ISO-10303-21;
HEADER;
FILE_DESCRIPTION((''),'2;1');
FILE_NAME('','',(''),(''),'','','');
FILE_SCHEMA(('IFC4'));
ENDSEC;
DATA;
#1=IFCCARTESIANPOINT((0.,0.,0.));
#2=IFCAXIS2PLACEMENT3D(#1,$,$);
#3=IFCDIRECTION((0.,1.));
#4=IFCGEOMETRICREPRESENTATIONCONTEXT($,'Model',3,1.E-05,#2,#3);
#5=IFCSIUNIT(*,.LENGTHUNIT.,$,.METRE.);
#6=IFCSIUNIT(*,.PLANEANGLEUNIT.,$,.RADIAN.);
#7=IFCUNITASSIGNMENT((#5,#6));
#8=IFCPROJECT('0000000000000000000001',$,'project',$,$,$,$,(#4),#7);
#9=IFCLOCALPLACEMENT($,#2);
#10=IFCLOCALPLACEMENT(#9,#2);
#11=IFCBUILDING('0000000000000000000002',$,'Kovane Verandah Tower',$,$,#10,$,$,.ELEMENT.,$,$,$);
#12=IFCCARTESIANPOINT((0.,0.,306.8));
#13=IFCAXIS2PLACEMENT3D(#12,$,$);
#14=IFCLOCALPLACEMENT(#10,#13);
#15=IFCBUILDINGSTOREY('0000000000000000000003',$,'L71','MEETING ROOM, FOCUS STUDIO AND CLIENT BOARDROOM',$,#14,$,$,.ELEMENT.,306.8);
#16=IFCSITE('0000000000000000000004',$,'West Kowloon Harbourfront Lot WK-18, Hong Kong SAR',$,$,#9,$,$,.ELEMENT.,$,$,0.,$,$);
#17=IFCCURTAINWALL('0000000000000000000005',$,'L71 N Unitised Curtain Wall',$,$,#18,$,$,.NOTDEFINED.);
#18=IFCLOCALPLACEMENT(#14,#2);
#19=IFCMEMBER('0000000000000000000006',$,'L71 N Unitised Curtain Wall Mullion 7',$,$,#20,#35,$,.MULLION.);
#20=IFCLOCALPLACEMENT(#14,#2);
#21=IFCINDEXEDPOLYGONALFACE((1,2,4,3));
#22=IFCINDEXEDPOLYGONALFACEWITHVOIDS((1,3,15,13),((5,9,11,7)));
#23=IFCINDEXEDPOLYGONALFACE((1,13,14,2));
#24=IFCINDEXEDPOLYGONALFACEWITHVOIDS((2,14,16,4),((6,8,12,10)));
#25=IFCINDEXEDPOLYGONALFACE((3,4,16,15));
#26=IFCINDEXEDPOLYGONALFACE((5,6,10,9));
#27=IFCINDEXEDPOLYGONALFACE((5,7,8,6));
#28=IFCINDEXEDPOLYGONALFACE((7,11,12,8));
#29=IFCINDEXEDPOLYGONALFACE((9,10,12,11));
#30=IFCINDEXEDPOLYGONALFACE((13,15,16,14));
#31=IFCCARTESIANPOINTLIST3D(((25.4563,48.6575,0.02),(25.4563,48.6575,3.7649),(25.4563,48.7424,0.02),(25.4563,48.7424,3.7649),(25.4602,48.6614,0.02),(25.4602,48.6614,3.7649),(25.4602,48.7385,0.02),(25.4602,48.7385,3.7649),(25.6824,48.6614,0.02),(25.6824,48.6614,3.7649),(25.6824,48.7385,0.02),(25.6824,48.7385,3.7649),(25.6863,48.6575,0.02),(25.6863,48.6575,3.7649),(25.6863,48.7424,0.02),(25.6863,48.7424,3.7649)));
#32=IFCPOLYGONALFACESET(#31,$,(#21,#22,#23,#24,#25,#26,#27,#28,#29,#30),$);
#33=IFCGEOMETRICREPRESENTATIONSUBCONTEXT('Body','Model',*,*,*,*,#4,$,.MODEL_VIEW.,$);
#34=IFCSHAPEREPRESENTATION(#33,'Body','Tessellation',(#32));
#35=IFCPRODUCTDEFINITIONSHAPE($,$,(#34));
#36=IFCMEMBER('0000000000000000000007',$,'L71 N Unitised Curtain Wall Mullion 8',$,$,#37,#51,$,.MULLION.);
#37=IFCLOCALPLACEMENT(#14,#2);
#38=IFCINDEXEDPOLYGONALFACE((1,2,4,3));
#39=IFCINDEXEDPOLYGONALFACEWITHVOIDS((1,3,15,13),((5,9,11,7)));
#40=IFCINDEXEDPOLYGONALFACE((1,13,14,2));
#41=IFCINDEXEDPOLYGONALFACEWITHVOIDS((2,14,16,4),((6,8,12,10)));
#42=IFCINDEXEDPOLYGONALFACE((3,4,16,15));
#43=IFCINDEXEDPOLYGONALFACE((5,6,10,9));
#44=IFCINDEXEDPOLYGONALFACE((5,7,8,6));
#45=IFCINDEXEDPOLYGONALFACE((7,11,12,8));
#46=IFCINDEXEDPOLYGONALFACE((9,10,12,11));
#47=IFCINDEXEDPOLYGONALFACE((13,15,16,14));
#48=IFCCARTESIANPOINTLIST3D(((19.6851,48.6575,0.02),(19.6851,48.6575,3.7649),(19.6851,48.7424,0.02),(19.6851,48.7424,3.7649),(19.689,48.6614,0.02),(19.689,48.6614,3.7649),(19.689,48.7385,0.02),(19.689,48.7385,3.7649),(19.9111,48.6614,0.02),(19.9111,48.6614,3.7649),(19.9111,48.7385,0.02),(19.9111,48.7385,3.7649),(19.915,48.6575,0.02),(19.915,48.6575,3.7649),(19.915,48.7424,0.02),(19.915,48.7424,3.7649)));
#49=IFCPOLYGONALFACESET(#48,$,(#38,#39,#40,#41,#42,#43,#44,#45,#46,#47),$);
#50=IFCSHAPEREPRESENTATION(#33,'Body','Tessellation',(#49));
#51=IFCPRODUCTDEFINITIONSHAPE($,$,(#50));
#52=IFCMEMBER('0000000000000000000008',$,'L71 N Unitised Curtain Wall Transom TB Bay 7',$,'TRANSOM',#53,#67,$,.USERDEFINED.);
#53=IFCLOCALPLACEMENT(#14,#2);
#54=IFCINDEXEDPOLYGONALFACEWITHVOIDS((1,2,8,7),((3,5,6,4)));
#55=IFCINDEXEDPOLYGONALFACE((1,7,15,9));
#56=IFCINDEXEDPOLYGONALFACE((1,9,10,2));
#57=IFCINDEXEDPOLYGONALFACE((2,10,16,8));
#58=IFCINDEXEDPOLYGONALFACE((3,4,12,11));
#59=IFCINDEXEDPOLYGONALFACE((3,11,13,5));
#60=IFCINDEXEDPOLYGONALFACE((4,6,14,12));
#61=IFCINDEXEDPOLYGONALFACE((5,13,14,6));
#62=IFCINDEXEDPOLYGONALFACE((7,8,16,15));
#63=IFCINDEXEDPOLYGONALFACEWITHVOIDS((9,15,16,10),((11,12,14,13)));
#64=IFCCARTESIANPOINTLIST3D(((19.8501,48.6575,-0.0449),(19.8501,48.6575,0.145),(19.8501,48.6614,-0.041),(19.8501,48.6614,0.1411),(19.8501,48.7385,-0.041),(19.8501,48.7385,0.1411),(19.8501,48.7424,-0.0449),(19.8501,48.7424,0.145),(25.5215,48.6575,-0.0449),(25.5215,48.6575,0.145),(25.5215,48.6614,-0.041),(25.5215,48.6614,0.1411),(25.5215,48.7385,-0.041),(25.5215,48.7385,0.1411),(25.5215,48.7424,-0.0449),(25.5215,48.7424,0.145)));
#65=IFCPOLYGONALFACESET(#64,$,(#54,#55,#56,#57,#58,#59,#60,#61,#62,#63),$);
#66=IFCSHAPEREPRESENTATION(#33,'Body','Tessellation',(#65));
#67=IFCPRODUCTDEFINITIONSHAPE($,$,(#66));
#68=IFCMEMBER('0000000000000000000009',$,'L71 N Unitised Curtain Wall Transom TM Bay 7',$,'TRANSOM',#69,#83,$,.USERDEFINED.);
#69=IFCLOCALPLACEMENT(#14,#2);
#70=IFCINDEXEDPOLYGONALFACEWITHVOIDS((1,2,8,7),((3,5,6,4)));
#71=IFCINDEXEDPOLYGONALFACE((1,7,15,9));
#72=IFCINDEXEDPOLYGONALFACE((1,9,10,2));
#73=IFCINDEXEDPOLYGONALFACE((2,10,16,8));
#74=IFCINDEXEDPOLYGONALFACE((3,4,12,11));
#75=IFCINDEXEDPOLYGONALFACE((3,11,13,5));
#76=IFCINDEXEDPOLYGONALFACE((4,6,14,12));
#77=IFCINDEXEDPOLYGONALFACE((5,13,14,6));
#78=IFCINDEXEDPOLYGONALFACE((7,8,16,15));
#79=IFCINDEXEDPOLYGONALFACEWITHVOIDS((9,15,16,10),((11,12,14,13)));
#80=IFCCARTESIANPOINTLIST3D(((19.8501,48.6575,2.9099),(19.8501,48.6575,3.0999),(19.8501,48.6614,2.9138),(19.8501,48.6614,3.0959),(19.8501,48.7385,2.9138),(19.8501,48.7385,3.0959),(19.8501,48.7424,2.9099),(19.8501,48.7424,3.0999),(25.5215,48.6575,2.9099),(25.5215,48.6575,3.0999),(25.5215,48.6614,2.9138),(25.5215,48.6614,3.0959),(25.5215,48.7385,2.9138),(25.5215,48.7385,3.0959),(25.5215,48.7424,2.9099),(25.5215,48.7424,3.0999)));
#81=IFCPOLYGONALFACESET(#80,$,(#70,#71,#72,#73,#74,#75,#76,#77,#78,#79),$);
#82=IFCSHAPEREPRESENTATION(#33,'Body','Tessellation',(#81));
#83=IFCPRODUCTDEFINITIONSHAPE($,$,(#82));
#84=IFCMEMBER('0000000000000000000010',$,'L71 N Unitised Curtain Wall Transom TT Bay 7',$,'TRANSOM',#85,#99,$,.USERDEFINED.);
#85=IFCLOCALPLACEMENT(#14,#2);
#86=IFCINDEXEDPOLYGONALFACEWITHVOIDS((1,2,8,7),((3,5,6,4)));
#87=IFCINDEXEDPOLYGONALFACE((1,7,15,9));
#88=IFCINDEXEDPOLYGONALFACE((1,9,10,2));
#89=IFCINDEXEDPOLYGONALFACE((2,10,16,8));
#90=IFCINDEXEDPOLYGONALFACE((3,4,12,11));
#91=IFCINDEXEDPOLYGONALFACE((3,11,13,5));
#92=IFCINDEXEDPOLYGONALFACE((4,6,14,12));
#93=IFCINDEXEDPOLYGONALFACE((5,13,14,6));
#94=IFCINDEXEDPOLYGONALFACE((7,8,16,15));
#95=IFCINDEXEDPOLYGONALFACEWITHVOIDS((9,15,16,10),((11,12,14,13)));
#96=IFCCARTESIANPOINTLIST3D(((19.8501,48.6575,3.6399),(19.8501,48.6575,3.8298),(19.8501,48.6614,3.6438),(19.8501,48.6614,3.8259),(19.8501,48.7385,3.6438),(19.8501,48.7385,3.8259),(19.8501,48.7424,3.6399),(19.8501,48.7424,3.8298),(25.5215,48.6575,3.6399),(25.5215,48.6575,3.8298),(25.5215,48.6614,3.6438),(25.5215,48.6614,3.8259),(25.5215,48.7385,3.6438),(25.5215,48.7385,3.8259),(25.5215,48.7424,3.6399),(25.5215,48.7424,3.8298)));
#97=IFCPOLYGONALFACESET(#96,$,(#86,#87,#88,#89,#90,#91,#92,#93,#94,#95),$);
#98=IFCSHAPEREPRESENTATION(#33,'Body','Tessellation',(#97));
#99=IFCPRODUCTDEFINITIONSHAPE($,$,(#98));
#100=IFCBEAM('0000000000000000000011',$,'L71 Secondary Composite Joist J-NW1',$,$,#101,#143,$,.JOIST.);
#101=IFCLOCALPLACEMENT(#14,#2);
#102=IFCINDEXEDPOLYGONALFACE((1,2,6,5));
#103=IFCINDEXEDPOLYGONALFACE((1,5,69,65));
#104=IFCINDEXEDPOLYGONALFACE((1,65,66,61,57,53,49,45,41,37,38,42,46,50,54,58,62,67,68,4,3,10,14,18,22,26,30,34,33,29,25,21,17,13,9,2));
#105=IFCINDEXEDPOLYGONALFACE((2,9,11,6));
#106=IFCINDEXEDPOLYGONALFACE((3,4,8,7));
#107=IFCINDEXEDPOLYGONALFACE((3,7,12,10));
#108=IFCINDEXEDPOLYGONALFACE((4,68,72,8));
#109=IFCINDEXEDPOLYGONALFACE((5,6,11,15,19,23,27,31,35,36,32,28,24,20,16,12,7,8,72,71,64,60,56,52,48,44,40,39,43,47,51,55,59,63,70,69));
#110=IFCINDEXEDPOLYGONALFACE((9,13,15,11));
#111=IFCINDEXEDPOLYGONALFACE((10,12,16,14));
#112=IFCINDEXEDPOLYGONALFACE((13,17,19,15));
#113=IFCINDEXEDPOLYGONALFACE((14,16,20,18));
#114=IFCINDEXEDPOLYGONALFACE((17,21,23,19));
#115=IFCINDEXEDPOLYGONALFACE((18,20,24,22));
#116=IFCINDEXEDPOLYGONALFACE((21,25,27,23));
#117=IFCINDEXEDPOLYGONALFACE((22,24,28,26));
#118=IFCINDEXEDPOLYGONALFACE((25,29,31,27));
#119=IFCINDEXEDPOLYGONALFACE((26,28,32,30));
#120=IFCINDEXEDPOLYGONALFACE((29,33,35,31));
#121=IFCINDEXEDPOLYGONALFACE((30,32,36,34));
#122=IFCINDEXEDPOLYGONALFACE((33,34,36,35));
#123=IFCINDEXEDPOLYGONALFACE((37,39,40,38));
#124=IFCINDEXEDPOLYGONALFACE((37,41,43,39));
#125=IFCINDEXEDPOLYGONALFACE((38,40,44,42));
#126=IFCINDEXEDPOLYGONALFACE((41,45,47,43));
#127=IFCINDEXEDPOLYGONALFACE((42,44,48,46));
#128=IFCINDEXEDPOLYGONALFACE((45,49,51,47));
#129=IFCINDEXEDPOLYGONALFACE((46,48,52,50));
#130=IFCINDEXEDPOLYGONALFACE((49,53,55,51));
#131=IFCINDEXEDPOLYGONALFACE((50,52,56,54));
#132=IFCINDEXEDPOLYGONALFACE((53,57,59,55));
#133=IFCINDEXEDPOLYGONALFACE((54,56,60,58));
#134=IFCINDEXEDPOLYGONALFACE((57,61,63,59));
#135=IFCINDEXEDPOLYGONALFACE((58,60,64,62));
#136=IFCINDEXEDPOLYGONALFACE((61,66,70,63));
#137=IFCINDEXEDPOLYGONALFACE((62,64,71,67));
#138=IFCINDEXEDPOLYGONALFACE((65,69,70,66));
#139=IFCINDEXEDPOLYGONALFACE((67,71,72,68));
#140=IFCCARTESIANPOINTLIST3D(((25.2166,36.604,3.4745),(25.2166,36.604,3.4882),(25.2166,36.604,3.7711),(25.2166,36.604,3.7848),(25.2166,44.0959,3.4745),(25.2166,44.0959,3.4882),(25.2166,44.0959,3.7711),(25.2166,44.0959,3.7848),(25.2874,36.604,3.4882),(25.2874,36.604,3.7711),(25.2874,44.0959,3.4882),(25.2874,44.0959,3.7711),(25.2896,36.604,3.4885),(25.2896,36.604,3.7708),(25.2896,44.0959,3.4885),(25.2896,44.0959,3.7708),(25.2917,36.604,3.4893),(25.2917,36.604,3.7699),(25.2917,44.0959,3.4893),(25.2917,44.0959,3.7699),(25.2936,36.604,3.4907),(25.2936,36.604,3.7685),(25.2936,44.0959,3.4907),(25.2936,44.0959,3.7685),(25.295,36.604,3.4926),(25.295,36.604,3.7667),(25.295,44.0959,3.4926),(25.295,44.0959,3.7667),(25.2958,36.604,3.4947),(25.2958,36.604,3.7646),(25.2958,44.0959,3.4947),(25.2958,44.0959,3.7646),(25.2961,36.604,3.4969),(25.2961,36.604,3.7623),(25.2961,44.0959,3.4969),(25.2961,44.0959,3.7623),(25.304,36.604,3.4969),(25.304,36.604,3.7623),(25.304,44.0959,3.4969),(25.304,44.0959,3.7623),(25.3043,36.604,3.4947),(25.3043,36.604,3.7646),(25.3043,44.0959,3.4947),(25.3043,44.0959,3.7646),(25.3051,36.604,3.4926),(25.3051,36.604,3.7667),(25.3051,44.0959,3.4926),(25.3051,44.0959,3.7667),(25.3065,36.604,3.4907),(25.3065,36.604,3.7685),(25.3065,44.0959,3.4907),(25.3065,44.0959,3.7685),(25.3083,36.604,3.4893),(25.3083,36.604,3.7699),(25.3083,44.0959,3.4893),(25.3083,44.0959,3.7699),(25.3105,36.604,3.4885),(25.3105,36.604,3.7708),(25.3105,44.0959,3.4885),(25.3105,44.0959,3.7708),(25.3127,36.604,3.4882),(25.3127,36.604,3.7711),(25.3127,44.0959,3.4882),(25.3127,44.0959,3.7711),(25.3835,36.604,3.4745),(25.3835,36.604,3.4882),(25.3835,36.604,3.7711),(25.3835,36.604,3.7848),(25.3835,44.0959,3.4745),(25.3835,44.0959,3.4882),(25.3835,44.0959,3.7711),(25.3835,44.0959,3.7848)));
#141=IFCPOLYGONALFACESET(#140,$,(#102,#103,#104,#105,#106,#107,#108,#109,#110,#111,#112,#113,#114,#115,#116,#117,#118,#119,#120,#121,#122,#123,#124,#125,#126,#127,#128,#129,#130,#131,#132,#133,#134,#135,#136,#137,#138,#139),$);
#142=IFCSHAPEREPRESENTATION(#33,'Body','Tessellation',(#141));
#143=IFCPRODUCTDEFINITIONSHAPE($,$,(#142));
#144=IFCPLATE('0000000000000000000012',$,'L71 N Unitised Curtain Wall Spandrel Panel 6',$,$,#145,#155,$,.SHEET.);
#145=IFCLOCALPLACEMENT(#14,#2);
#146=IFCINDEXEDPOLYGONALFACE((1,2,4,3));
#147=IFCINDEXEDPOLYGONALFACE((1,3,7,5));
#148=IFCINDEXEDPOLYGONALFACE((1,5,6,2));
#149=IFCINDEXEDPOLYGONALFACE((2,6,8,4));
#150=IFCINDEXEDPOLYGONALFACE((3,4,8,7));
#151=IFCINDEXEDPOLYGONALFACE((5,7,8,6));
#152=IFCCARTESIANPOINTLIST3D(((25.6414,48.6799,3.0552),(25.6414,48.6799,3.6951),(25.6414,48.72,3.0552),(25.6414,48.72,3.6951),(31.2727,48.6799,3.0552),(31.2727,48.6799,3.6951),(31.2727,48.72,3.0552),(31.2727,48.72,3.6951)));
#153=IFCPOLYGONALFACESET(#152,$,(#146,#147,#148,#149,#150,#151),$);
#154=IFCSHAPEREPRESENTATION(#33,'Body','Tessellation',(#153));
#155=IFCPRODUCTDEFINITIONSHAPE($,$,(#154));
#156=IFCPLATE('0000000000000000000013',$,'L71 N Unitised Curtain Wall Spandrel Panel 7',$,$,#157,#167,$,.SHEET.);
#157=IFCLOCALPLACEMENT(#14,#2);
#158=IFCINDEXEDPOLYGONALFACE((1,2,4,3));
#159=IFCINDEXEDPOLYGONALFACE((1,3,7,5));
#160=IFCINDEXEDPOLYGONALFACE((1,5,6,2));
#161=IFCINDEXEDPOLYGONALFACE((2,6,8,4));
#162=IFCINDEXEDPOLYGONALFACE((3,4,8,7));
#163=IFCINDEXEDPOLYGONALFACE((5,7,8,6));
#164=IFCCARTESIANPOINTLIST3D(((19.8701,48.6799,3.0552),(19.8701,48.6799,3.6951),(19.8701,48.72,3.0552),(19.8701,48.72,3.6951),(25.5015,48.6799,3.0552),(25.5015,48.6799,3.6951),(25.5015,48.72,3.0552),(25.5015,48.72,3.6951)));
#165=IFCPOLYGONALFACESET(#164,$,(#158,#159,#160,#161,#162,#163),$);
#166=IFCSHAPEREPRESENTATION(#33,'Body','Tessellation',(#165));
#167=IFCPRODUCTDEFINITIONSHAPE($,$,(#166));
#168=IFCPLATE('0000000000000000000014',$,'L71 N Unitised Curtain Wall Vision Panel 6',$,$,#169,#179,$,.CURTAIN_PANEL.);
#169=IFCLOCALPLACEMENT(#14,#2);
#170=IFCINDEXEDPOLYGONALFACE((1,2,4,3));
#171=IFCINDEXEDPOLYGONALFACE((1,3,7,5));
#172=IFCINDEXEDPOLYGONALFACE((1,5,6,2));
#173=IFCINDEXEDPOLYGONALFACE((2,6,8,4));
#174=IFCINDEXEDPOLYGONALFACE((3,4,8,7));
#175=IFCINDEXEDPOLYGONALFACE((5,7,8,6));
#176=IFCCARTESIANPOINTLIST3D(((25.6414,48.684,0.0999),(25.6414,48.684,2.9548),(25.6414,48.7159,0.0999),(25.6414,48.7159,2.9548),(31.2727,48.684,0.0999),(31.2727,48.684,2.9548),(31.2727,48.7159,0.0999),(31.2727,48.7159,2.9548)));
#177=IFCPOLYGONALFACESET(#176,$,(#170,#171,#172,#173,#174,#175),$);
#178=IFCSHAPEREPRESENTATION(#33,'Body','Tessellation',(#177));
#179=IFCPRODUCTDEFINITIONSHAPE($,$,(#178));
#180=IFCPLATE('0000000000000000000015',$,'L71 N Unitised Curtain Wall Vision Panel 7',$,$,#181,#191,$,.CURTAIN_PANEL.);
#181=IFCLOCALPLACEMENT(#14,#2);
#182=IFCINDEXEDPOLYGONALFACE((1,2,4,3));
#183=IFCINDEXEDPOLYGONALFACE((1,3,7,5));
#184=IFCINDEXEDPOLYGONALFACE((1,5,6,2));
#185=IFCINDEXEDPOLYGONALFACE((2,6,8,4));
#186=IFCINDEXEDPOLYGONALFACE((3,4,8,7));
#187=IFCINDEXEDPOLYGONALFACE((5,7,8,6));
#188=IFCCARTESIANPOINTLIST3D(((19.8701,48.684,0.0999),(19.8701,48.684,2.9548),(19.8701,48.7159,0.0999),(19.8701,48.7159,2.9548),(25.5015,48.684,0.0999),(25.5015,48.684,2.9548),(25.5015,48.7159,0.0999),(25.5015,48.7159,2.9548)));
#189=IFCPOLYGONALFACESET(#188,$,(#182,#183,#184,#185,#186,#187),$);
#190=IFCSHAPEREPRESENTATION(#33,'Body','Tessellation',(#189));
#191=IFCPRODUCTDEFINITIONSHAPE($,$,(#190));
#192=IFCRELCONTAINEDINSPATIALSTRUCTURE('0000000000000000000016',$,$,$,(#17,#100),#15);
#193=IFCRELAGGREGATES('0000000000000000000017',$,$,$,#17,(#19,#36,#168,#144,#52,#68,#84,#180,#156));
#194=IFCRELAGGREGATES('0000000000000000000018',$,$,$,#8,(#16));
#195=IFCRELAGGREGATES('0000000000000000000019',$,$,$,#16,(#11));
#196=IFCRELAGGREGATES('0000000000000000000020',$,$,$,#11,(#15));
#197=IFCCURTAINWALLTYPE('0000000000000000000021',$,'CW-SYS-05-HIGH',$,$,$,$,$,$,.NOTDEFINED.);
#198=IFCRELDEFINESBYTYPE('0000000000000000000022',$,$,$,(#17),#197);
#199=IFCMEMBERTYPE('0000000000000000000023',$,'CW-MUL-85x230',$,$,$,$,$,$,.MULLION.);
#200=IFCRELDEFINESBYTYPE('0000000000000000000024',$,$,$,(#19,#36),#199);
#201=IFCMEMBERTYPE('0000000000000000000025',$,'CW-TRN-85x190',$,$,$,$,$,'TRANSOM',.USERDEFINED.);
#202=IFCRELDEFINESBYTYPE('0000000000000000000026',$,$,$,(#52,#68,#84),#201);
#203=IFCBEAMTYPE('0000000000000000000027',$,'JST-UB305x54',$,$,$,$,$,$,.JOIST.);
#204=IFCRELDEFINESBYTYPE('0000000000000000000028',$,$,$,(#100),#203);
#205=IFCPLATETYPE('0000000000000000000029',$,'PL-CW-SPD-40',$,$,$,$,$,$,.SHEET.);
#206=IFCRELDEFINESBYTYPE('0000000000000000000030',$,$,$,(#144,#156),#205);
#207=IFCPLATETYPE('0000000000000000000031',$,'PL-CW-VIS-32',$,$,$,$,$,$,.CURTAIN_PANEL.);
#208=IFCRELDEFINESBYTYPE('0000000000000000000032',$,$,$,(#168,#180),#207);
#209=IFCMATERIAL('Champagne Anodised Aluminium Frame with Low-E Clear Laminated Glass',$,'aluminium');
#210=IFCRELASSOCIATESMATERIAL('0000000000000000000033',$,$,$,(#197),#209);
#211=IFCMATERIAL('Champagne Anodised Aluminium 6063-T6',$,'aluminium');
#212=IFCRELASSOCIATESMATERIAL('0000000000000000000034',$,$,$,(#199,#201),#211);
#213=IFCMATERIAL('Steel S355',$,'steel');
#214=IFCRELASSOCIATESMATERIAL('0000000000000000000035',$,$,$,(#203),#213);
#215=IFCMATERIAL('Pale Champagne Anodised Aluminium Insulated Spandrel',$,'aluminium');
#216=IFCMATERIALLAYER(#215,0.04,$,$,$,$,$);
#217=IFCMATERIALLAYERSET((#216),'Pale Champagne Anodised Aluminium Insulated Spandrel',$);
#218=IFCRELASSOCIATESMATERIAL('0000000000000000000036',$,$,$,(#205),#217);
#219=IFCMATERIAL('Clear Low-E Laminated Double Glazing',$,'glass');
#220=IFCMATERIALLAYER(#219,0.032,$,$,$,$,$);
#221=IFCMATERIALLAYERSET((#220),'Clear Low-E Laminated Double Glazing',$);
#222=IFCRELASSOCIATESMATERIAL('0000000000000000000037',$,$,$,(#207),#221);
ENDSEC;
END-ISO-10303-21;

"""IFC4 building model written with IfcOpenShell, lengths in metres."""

from ifc_helpers import new_model, si_unit, direction, frame, origin, origin_2d, place, context, subcontext, project, spatial, rectangle, hollow_rectangle, i_section, extrude, material, layer, layer_set, material_profile, profile_set, type_object, element, aggregate, save


model = new_model("IFC4")

# Units and contexts
model_context = context("Model", 3, precision=1e-05, world=origin(), true_north=direction((0.0, 1.0)))
body_context = subcontext(model_context, "Body", "Model", "MODEL_VIEW")
ifc_project = project(units=[si_unit("LENGTHUNIT", "METRE"), si_unit("PLANEANGLEUNIT", "RADIAN")], contexts=[model_context])

# Site, building, storey
site_placement = place(None, origin())
site = spatial("IfcSite", under=ifc_project, at=site_placement, Name="West Kowloon Harbourfront Lot WK-18, Hong Kong SAR", CompositionType="ELEMENT", RefElevation=0.0)
building_placement = place(site_placement, origin())
building = spatial("IfcBuilding", under=site, at=building_placement, Name="Kovane Verandah Tower", CompositionType="ELEMENT")
storey_placement = place(building_placement, frame((0.0, 0.0, 306.8)))
storey = spatial("IfcBuildingStorey", under=building, at=storey_placement, Name="L71", Description="MEETING ROOM, FOCUS STUDIO AND CLIENT BOARDROOM", CompositionType="ELEMENT", Elevation=306.8)

# Shared definitions
ifc_material_1 = material(Name="Steel S355", Category="steel")

# Curtain wall, members
ifc_material_2 = material(Name="Champagne Anodised Aluminium Frame with Low-E Clear Laminated Glass", Category="aluminium")
curtain_wall_type = type_object("IfcCurtainWallType", Name="CW-SYS-05-HIGH", PredefinedType="NOTDEFINED", material=ifc_material_2)
curtain_wall_placement = place(storey_placement, origin())
curtain_wall = element("IfcCurtainWall", 1, at=curtain_wall_placement, inside=storey, type_object=curtain_wall_type, Name="L71 N Unitised Curtain Wall", PredefinedType="NOTDEFINED")
ifc_material_3 = material(Name="Champagne Anodised Aluminium 6063-T6", Category="aluminium")
ifc_material_profile_1 = material_profile(ifc_material_3, hollow_rectangle(XDim=0.085, YDim=0.23, WallThickness=0.0039, at=origin_2d()), Name="AL85x230x4")
ifc_profile_set_1 = profile_set([ifc_material_profile_1], Name="Champagne Anodised Aluminium 6063-T6")
member_type_1 = type_object("IfcMemberType", Name="CW-MUL-85x230", PredefinedType="MULLION", material=ifc_profile_set_1)
member_1_placement = place(storey_placement, frame((25.5713, 48.7, 0.02), z_axis=(0.0, 0.0, 1.0), x_axis=(0.0, 1.0, 0.0)))
member_1 = element("IfcMember", 2, at=member_1_placement, type_object=member_type_1, Name="L71 N Unitised Curtain Wall Mullion 7", PredefinedType="MULLION", context=body_context, shape_type="SweptSolid", body=[
    extrude(hollow_rectangle(XDim=0.085, YDim=0.23, WallThickness=0.0039, at=origin_2d()), origin(), (0.0, 0.0, 1.0), 3.7449),
])
member_2_placement = place(storey_placement, frame((19.8, 48.7, 0.02), z_axis=(0.0, 0.0, 1.0), x_axis=(0.0, 1.0, 0.0)))
member_2 = element("IfcMember", 3, at=member_2_placement, type_object=member_type_1, Name="L71 N Unitised Curtain Wall Mullion 8", PredefinedType="MULLION", context=body_context, shape_type="SweptSolid", body=[
    extrude(hollow_rectangle(XDim=0.085, YDim=0.23, WallThickness=0.0039, at=origin_2d()), origin(), (0.0, 0.0, 1.0), 3.7449),
])
ifc_material_profile_2 = material_profile(ifc_material_3, hollow_rectangle(XDim=0.085, YDim=0.1899, WallThickness=0.0039, at=origin_2d()), Name="AL85x190x4")
ifc_profile_set_2 = profile_set([ifc_material_profile_2], Name="Champagne Anodised Aluminium 6063-T6")
member_type_2 = type_object("IfcMemberType", Name="CW-TRN-85x190", ElementType="TRANSOM", PredefinedType="USERDEFINED", material=ifc_profile_set_2)
member_3_placement = place(storey_placement, frame((25.5215, 48.7, 0.05), z_axis=(-1.0, 0.0, 0.0), x_axis=(0.0, -1.0, 0.0)))
member_3 = element("IfcMember", 4, at=member_3_placement, type_object=member_type_2, Name="L71 N Unitised Curtain Wall Transom TB Bay 7", ObjectType="TRANSOM", PredefinedType="USERDEFINED", context=body_context, shape_type="SweptSolid", body=[
    extrude(hollow_rectangle(XDim=0.085, YDim=0.1899, WallThickness=0.0039, at=origin_2d()), origin(), (0.0, 0.0, 1.0), 5.6714),
])
member_4_placement = place(storey_placement, frame((25.5215, 48.7, 3.0049), z_axis=(-1.0, 0.0, 0.0), x_axis=(0.0, -1.0, 0.0)))
member_4 = element("IfcMember", 5, at=member_4_placement, type_object=member_type_2, Name="L71 N Unitised Curtain Wall Transom TM Bay 7", ObjectType="TRANSOM", PredefinedType="USERDEFINED", context=body_context, shape_type="SweptSolid", body=[
    extrude(hollow_rectangle(XDim=0.085, YDim=0.1899, WallThickness=0.0039, at=origin_2d()), origin(), (0.0, 0.0, 1.0), 5.6714),
])
member_5_placement = place(storey_placement, frame((25.5215, 48.7, 3.7349), z_axis=(-1.0, 0.0, 0.0), x_axis=(0.0, -1.0, 0.0)))
member_5 = element("IfcMember", 6, at=member_5_placement, type_object=member_type_2, Name="L71 N Unitised Curtain Wall Transom TT Bay 7", ObjectType="TRANSOM", PredefinedType="USERDEFINED", context=body_context, shape_type="SweptSolid", body=[
    extrude(hollow_rectangle(XDim=0.085, YDim=0.1899, WallThickness=0.0039, at=origin_2d()), origin(), (0.0, 0.0, 1.0), 5.6714),
])

# Beam
ifc_material_profile_3 = material_profile(ifc_material_1, i_section(OverallWidth=0.167, OverallDepth=0.3103, WebThickness=0.0078, FlangeThickness=0.0137, FilletRadius=0.0088, at=origin_2d()), Name="UB305x165x54")
ifc_profile_set_3 = profile_set([ifc_material_profile_3], Name="Steel S355")
beam_type_1 = type_object("IfcBeamType", Name="JST-UB305x54", PredefinedType="JOIST", material=ifc_profile_set_3)
beam_1_placement = place(storey_placement, frame((25.3, 36.604, 3.6296), z_axis=(0.0, 1.0, 0.0), x_axis=(-1.0, 0.0, 0.0)))
element("IfcBeam", 7, at=beam_1_placement, inside=storey, type_object=beam_type_1, Name="L71 Secondary Composite Joist J-NW1", PredefinedType="JOIST", context=body_context, shape_type="SweptSolid", body=[
    extrude(i_section(OverallWidth=0.167, OverallDepth=0.3103, WebThickness=0.0078, FlangeThickness=0.0137, FilletRadius=0.0088, at=origin_2d()), origin(), (0.0, 0.0, 1.0), 7.4919),
])

# Plates
ifc_material_4 = material(Name="Pale Champagne Anodised Aluminium Insulated Spandrel", Category="aluminium")
ifc_layer_1 = layer(ifc_material_4, 0.04)
ifc_layer_set_1 = layer_set([ifc_layer_1], Name="Pale Champagne Anodised Aluminium Insulated Spandrel")
plate_type_1 = type_object("IfcPlateType", Name="PL-CW-SPD-40", PredefinedType="SHEET", material=ifc_layer_set_1)
plate_1_placement = place(storey_placement, frame((28.457, 48.7, 3.0552), z_axis=(0.0, 0.0, 1.0), x_axis=(-1.0, 0.0, 0.0)))
plate_1 = element("IfcPlate", 8, at=plate_1_placement, type_object=plate_type_1, Name="L71 N Unitised Curtain Wall Spandrel Panel 6", PredefinedType="SHEET", context=body_context, shape_type="SweptSolid", body=[
    extrude(rectangle(XDim=5.6313, YDim=0.04, at=origin_2d()), origin(), (0.0, 0.0, 1.0), 0.6399),
])
plate_2_placement = place(storey_placement, frame((22.6858, 48.7, 3.0552), z_axis=(0.0, 0.0, 1.0), x_axis=(-1.0, 0.0, 0.0)))
plate_2 = element("IfcPlate", 9, at=plate_2_placement, type_object=plate_type_1, Name="L71 N Unitised Curtain Wall Spandrel Panel 7", PredefinedType="SHEET", context=body_context, shape_type="SweptSolid", body=[
    extrude(rectangle(XDim=5.6313, YDim=0.04, at=origin_2d()), origin(), (0.0, 0.0, 1.0), 0.6399),
])
ifc_material_5 = material(Name="Clear Low-E Laminated Double Glazing", Category="glass")
ifc_layer_2 = layer(ifc_material_5, 0.032)
ifc_layer_set_2 = layer_set([ifc_layer_2], Name="Clear Low-E Laminated Double Glazing")
plate_type_2 = type_object("IfcPlateType", Name="PL-CW-VIS-32", PredefinedType="CURTAIN_PANEL", material=ifc_layer_set_2)
plate_3_placement = place(storey_placement, frame((28.457, 48.7, 0.0999), z_axis=(0.0, 0.0, 1.0), x_axis=(-1.0, 0.0, 0.0)))
plate_3 = element("IfcPlate", 10, at=plate_3_placement, type_object=plate_type_2, Name="L71 N Unitised Curtain Wall Vision Panel 6", PredefinedType="CURTAIN_PANEL", context=body_context, shape_type="SweptSolid", body=[
    extrude(rectangle(XDim=5.6313, YDim=0.032, at=origin_2d()), origin(), (0.0, 0.0, 1.0), 2.855),
])
plate_4_placement = place(storey_placement, frame((22.6858, 48.7, 0.0999), z_axis=(0.0, 0.0, 1.0), x_axis=(-1.0, 0.0, 0.0)))
plate_4 = element("IfcPlate", 11, at=plate_4_placement, type_object=plate_type_2, Name="L71 N Unitised Curtain Wall Vision Panel 7", PredefinedType="CURTAIN_PANEL", context=body_context, shape_type="SweptSolid", body=[
    extrude(rectangle(XDim=5.6313, YDim=0.032, at=origin_2d()), origin(), (0.0, 0.0, 1.0), 2.855),
])
aggregate(curtain_wall, [member_1, member_2, plate_3, plate_1, member_3, member_4, member_5, plate_4, plate_2])

save(model, "model.ifc")
